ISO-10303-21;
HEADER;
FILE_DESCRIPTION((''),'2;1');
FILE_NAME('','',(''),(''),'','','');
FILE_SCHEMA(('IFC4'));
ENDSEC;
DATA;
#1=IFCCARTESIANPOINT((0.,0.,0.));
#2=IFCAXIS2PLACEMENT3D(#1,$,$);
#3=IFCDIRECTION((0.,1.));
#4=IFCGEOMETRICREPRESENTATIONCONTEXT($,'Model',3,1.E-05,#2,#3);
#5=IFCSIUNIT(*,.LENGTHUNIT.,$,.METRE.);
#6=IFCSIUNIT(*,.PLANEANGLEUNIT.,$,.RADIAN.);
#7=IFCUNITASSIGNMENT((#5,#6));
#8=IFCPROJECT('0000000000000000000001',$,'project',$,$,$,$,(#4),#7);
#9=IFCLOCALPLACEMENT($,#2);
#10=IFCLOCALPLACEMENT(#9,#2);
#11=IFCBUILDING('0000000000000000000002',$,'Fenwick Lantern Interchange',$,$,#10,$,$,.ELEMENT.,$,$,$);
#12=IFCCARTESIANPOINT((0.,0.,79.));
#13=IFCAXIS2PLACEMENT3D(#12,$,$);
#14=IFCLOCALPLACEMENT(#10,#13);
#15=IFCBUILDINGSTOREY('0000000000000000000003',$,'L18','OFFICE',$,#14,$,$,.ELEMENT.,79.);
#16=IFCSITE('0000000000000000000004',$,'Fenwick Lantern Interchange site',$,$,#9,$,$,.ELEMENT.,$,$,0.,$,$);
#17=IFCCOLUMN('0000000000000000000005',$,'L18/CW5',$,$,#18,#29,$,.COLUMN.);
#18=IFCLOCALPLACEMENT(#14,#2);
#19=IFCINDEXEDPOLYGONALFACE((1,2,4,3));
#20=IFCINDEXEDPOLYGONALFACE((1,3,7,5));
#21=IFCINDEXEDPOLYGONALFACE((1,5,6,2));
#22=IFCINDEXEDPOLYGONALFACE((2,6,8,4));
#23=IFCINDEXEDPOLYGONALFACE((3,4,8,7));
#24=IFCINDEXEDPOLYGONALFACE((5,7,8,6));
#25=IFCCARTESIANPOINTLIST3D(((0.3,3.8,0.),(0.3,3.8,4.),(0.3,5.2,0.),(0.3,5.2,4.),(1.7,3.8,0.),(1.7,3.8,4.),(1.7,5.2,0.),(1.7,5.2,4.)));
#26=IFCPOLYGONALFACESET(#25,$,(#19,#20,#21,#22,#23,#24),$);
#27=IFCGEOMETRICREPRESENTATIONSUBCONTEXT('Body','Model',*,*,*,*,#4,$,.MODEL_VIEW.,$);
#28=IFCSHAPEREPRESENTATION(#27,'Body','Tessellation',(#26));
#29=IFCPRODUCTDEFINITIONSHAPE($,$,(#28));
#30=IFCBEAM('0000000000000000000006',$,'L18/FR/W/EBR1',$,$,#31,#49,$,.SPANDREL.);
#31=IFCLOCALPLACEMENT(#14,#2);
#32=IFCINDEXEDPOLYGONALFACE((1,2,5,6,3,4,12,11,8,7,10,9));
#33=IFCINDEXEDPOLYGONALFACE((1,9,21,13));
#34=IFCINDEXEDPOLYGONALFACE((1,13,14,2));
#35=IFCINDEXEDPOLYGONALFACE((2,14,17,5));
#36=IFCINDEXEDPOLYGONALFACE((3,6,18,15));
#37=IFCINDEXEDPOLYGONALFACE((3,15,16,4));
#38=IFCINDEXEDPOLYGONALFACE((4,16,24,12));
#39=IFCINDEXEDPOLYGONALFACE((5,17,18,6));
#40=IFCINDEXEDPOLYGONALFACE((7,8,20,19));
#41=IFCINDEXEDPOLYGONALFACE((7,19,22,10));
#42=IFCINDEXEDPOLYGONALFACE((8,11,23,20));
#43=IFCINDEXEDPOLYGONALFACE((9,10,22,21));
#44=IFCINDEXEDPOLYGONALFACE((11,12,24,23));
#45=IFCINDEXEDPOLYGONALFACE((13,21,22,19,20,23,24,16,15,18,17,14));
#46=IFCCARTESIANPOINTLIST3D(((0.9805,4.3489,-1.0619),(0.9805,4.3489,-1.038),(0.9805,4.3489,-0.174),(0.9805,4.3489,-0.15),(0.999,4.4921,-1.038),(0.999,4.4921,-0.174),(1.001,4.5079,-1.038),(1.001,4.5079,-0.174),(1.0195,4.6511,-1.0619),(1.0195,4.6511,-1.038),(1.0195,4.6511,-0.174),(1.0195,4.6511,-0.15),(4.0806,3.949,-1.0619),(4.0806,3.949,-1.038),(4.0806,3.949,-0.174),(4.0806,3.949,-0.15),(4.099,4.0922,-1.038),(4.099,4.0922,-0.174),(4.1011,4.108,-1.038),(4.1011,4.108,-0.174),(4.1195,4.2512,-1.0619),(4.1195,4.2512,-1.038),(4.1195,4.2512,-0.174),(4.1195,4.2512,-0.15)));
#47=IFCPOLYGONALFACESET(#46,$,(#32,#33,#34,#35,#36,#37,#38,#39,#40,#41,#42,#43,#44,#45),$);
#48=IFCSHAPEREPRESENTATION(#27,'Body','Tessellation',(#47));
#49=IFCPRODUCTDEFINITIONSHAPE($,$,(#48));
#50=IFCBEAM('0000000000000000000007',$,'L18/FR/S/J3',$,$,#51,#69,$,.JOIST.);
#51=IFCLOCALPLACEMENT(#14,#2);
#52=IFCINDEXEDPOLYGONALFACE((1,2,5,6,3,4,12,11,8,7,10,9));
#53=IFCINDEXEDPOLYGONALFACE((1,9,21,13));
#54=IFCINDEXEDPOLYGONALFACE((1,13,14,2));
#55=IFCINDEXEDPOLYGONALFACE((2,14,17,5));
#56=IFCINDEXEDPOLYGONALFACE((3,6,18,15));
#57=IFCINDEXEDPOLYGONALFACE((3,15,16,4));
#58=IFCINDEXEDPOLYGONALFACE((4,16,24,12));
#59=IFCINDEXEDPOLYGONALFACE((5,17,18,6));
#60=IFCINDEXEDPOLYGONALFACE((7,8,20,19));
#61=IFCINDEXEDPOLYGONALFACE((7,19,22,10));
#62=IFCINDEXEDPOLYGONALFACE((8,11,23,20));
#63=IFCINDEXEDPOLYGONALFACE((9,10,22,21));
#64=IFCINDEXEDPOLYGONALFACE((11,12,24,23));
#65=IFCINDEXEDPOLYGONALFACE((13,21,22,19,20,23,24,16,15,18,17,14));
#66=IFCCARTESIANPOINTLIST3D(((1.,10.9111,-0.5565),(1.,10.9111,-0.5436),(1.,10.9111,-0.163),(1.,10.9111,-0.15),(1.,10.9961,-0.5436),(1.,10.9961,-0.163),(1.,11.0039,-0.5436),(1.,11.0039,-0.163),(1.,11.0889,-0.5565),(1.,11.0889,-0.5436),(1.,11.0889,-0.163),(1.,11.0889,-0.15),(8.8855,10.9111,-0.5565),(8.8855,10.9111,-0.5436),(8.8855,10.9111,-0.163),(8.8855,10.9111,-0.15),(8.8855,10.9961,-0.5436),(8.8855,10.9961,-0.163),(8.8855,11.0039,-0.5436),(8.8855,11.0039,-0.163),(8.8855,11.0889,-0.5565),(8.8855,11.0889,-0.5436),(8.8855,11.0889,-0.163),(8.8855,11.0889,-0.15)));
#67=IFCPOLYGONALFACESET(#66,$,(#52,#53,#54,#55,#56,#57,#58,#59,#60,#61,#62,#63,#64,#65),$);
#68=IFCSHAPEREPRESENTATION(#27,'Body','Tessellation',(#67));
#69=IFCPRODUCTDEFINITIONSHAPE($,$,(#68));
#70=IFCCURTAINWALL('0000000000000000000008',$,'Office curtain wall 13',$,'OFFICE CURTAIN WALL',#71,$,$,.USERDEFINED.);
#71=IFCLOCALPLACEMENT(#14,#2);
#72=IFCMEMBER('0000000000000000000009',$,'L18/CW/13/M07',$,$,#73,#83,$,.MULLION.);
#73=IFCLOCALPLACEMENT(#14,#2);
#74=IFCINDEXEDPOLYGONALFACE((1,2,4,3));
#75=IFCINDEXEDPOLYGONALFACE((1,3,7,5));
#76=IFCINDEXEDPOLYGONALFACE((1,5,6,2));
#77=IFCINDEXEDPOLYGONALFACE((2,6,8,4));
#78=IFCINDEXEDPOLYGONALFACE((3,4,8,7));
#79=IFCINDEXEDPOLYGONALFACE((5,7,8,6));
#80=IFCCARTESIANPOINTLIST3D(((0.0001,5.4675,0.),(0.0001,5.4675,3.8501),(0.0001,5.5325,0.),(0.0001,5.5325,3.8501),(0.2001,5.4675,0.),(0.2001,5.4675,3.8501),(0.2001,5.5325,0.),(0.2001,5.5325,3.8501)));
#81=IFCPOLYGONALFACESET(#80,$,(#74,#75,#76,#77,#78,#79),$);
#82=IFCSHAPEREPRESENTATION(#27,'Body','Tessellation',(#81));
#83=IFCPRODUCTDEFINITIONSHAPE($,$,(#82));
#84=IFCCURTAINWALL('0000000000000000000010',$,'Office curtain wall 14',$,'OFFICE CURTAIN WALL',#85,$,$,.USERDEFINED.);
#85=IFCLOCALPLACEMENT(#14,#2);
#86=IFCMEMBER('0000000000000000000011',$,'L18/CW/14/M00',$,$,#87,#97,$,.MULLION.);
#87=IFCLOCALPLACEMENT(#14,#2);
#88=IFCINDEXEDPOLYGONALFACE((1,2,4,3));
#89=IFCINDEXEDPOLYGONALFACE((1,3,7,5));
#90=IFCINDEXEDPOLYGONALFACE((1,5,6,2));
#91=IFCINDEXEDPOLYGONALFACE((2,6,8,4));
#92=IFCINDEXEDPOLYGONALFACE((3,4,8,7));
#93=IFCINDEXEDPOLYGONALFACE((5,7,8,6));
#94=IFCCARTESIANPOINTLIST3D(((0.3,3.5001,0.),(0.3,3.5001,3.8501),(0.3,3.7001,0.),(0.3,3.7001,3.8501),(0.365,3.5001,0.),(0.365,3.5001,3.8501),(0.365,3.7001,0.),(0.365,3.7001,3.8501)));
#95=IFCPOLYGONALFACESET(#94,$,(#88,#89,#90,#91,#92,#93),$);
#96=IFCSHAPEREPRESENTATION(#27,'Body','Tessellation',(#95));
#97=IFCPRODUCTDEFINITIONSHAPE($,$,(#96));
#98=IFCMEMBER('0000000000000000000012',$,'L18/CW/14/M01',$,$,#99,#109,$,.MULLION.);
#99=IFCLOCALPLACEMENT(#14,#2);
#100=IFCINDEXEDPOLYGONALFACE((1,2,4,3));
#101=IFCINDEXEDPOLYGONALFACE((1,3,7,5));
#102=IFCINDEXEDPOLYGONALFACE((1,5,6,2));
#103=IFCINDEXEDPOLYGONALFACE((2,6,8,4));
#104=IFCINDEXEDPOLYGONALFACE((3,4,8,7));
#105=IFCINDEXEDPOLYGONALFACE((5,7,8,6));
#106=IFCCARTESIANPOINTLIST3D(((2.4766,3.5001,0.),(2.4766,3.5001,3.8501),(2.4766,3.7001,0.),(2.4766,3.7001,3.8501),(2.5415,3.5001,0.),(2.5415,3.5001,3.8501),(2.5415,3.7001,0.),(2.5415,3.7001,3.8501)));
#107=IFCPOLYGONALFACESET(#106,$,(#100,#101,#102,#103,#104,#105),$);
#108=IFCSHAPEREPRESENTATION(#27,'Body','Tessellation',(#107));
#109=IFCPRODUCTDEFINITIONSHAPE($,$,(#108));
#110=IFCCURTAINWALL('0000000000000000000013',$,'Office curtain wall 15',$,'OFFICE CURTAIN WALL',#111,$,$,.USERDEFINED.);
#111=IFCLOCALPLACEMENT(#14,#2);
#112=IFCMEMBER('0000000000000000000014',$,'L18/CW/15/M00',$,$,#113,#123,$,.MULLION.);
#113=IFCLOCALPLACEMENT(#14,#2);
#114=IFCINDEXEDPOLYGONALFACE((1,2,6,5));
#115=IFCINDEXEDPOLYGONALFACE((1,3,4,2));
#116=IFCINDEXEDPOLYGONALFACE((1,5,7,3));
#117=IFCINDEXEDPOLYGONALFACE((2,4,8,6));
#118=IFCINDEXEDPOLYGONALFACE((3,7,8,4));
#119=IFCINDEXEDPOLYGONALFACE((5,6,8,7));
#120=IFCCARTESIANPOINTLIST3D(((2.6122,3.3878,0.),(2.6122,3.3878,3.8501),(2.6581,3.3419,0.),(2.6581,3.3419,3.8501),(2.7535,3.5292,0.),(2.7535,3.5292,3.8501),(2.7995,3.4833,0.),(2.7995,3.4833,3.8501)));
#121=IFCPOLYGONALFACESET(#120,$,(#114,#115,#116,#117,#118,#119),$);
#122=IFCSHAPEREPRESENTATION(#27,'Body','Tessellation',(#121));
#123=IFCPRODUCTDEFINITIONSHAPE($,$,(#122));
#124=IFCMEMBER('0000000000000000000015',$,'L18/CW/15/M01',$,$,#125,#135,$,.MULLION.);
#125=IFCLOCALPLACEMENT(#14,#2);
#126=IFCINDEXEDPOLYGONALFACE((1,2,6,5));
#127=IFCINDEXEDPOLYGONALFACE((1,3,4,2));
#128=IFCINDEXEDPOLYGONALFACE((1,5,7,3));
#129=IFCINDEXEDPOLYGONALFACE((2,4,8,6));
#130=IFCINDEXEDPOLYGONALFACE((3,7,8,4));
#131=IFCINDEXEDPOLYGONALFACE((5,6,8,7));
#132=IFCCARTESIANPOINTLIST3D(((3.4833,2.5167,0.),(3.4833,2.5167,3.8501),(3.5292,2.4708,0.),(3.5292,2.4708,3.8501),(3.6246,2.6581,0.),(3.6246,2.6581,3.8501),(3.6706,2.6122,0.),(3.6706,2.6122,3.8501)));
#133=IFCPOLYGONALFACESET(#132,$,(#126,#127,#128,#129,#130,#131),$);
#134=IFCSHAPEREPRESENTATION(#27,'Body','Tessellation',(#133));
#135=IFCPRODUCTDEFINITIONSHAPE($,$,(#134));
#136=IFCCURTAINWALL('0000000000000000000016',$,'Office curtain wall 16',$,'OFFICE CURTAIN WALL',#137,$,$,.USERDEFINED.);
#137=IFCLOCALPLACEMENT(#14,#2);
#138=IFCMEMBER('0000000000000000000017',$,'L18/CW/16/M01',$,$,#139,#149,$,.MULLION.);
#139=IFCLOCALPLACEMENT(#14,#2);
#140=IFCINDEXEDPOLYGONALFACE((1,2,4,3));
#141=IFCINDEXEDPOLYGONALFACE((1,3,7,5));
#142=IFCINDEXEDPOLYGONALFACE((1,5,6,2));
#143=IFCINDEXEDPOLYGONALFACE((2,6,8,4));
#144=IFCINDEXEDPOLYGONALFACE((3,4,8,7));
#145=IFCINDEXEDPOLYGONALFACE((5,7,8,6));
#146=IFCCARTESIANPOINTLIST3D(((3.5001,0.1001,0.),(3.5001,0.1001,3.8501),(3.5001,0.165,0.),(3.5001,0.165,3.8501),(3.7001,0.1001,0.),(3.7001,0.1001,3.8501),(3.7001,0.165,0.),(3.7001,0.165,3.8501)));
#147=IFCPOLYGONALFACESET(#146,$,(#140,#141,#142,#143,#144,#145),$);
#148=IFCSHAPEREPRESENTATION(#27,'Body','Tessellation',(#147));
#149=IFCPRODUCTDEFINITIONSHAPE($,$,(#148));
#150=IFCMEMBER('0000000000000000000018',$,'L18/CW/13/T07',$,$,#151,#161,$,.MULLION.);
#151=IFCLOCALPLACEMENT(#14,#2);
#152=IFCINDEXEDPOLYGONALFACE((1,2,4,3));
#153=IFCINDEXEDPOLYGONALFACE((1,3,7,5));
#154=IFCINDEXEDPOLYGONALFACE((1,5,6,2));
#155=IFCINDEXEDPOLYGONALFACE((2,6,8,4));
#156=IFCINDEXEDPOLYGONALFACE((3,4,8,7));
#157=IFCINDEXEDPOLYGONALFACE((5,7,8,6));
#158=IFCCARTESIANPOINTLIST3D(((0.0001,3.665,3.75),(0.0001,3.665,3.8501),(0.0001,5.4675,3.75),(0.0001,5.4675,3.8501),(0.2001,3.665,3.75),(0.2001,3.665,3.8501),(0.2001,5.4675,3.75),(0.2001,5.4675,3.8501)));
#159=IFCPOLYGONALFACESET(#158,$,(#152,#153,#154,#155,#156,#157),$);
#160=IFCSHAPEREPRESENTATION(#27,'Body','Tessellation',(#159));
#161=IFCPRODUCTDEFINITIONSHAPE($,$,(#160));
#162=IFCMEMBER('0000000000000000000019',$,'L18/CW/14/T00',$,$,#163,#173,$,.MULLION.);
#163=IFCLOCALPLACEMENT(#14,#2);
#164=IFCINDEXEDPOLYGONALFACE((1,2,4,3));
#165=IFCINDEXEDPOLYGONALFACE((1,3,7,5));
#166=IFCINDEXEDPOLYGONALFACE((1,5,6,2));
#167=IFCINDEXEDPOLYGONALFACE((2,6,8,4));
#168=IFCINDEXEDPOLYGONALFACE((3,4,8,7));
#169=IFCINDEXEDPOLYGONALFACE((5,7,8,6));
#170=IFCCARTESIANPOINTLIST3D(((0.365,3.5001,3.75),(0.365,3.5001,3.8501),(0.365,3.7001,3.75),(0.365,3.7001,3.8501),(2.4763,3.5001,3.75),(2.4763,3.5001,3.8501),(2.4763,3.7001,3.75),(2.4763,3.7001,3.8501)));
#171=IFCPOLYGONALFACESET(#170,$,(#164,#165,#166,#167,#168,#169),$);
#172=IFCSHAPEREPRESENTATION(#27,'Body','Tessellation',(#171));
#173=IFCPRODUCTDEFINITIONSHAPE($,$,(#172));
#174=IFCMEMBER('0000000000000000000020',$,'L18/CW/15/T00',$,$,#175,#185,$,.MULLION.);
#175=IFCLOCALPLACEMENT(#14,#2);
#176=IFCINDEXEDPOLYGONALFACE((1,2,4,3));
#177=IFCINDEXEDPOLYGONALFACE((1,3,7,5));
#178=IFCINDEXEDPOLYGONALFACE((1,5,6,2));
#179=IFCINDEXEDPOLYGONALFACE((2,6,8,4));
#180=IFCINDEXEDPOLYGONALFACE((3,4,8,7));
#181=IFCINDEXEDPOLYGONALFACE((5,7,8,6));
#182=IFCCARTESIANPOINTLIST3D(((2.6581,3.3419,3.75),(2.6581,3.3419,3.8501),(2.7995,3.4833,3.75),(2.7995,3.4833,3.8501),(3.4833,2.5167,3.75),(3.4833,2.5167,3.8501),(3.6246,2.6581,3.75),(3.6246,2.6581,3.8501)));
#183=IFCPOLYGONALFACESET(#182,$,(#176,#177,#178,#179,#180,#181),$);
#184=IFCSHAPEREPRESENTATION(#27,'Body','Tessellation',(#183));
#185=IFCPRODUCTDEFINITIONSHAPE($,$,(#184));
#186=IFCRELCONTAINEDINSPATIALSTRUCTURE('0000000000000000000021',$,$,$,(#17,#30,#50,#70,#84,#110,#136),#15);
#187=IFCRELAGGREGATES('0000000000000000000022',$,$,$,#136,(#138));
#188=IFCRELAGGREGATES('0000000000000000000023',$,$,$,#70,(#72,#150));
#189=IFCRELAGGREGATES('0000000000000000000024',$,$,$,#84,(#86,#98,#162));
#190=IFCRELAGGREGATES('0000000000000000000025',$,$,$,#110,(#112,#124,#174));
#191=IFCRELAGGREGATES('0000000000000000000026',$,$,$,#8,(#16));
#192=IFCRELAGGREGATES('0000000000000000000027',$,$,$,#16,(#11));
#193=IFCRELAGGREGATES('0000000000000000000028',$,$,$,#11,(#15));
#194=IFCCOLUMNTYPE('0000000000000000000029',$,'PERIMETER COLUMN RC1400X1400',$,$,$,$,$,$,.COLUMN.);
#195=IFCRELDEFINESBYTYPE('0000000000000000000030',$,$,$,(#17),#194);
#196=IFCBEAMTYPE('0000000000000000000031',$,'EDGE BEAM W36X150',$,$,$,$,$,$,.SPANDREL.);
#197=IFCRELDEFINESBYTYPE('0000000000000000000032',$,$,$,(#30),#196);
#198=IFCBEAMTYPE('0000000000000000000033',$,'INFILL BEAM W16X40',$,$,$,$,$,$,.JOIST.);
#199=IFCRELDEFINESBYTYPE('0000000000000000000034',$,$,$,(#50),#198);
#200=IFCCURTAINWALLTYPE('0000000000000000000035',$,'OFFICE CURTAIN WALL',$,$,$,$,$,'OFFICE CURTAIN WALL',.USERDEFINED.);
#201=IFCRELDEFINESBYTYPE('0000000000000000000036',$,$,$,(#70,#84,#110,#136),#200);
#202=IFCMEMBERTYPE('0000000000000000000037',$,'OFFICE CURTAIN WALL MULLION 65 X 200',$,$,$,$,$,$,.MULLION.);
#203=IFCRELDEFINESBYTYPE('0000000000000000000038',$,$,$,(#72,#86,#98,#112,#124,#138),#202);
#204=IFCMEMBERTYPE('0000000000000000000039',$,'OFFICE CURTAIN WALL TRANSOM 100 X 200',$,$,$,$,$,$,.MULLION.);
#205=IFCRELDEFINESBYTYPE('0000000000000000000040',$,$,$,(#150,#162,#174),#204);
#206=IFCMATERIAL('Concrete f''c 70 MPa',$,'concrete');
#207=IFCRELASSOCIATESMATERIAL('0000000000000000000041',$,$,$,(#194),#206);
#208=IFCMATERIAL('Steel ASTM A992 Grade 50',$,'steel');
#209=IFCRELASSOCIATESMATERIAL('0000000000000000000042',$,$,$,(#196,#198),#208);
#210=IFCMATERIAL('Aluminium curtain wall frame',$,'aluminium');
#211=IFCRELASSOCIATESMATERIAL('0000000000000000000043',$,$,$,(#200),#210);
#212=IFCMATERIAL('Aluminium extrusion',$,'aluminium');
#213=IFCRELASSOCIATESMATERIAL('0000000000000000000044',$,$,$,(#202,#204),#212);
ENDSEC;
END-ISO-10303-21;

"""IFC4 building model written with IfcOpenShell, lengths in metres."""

from ifc_helpers import new_model, si_unit, direction, frame, origin, origin_2d, place, context, subcontext, project, spatial, rectangle, i_section, extrude, material, material_profile, profile_set, type_object, element, aggregate, save


model = new_model("IFC4")

# Units and contexts
model_context = context("Model", 3, precision=1e-05, world=origin(), true_north=direction((0.0, 1.0)))
body_context = subcontext(model_context, "Body", "Model", "MODEL_VIEW")
ifc_project = project(units=[si_unit("LENGTHUNIT", "METRE"), si_unit("PLANEANGLEUNIT", "RADIAN")], contexts=[model_context])

# Site, building, storey
site_placement = place(None, origin())
site = spatial("IfcSite", under=ifc_project, at=site_placement, Name="Fenwick Lantern Interchange site", CompositionType="ELEMENT", RefElevation=0.0)
building_placement = place(site_placement, origin())
building = spatial("IfcBuilding", under=site, at=building_placement, Name="Fenwick Lantern Interchange", CompositionType="ELEMENT")
storey_placement = place(building_placement, frame((0.0, 0.0, 79.0)))
storey = spatial("IfcBuildingStorey", under=building, at=storey_placement, Name="L18", Description="OFFICE", CompositionType="ELEMENT", Elevation=79.0)

# Column
ifc_material_1 = material(Name="Concrete f'c 70 MPa", Category="concrete")
ifc_material_profile_1 = material_profile(ifc_material_1, rectangle(XDim=1.3999, YDim=1.3999, at=origin_2d()), Name="RC1400X1400")
ifc_profile_set_1 = profile_set([ifc_material_profile_1], Name="Concrete f'c 70 MPa")
column_type = type_object("IfcColumnType", Name="PERIMETER COLUMN RC1400X1400", PredefinedType="COLUMN", material=ifc_profile_set_1)
column_placement = place(storey_placement, frame((1.0, 4.5, 0.0), z_axis=(0.0, 0.0, 1.0), x_axis=(1.0, 0.0, 0.0)))
element("IfcColumn", 1, at=column_placement, inside=storey, type_object=column_type, Name="L18/CW5", PredefinedType="COLUMN", context=body_context, shape_type="SweptSolid", body=[
    extrude(rectangle(XDim=1.3999, YDim=1.3999, at=origin_2d()), origin(), (0.0, 0.0, 1.0), 4.0),
])

# Beams
ifc_material_2 = material(Name="Steel ASTM A992 Grade 50", Category="steel")
ifc_material_profile_2 = material_profile(ifc_material_2, i_section(OverallWidth=0.3047, OverallDepth=0.9119, WebThickness=0.0159, FlangeThickness=0.0239, at=origin_2d()), Name="W36X150")
ifc_profile_set_2 = profile_set([ifc_material_profile_2], Name="Steel ASTM A992 Grade 50")
beam_type_1 = type_object("IfcBeamType", Name="EDGE BEAM W36X150", PredefinedType="SPANDREL", material=ifc_profile_set_2)
beam_1_placement = place(storey_placement, frame((1.0, 4.5, -0.606), z_axis=(0.991782, -0.127937, 0.0), x_axis=(0.127937, 0.991782, 0.0)))
element("IfcBeam", 2, at=beam_1_placement, inside=storey, type_object=beam_type_1, Name="L18/FR/W/EBR1", PredefinedType="SPANDREL", context=body_context, shape_type="SweptSolid", body=[
    extrude(i_section(OverallWidth=0.3047, OverallDepth=0.9119, WebThickness=0.0159, FlangeThickness=0.0239, at=origin_2d()), origin(), (0.0, 0.0, 1.0), 3.1257),
])
ifc_material_profile_3 = material_profile(ifc_material_2, i_section(OverallWidth=0.1777, OverallDepth=0.4065, WebThickness=0.0078, FlangeThickness=0.0129, at=origin_2d()), Name="W16X40")
ifc_profile_set_3 = profile_set([ifc_material_profile_3], Name="Steel ASTM A992 Grade 50")
beam_type_2 = type_object("IfcBeamType", Name="INFILL BEAM W16X40", PredefinedType="JOIST", material=ifc_profile_set_3)
beam_2_placement = place(storey_placement, frame((1.0, 11.0, -0.3533), z_axis=(1.0, 0.0, 0.0), x_axis=(0.0, 1.0, 0.0)))
element("IfcBeam", 3, at=beam_2_placement, inside=storey, type_object=beam_type_2, Name="L18/FR/S/J3", PredefinedType="JOIST", context=body_context, shape_type="SweptSolid", body=[
    extrude(i_section(OverallWidth=0.1777, OverallDepth=0.4065, WebThickness=0.0078, FlangeThickness=0.0129, at=origin_2d()), origin(), (0.0, 0.0, 1.0), 7.8855),
])

# Curtain wall, member
ifc_material_3 = material(Name="Aluminium curtain wall frame", Category="aluminium")
curtain_wall_type = type_object("IfcCurtainWallType", Name="OFFICE CURTAIN WALL", ElementType="OFFICE CURTAIN WALL", PredefinedType="USERDEFINED", material=ifc_material_3)
curtain_wall_1_placement = place(storey_placement, origin())
curtain_wall_1 = element("IfcCurtainWall", 4, at=curtain_wall_1_placement, inside=storey, type_object=curtain_wall_type, Name="Office curtain wall 13", ObjectType="OFFICE CURTAIN WALL", PredefinedType="USERDEFINED")
ifc_material_4 = material(Name="Aluminium extrusion", Category="aluminium")
ifc_material_profile_4 = material_profile(ifc_material_4, rectangle(XDim=0.2, YDim=0.0649, at=origin_2d()), Name="OFFICE CURTAIN WALL MULLION 65 X 200")
ifc_profile_set_4 = profile_set([ifc_material_profile_4], Name="Aluminium extrusion")
member_type_1 = type_object("IfcMemberType", Name="OFFICE CURTAIN WALL MULLION 65 X 200", PredefinedType="MULLION", material=ifc_profile_set_4)
member_1_placement = place(storey_placement, frame((0.1001, 5.5, 0.0), z_axis=(0.0, 0.0, 1.0), x_axis=(1.0, 0.0, 0.0)))
member_1 = element("IfcMember", 5, at=member_1_placement, type_object=member_type_1, Name="L18/CW/13/M07", PredefinedType="MULLION", context=body_context, shape_type="SweptSolid", body=[
    extrude(rectangle(XDim=0.2, YDim=0.0649, at=origin_2d()), origin(), (0.0, 0.0, 1.0), 3.8501),
])

# Curtain walls, members
curtain_wall_2_placement = place(storey_placement, origin())
curtain_wall_2 = element("IfcCurtainWall", 6, at=curtain_wall_2_placement, inside=storey, type_object=curtain_wall_type, Name="Office curtain wall 14", ObjectType="OFFICE CURTAIN WALL", PredefinedType="USERDEFINED")
member_2_placement = place(storey_placement, frame((0.3325, 3.6001, 0.0), z_axis=(0.0, 0.0, 1.0), x_axis=(0.0, 1.0, 0.0)))
member_2 = element("IfcMember", 7, at=member_2_placement, type_object=member_type_1, Name="L18/CW/14/M00", PredefinedType="MULLION", context=body_context, shape_type="SweptSolid", body=[
    extrude(rectangle(XDim=0.2, YDim=0.0649, at=origin_2d()), origin(), (0.0, 0.0, 1.0), 3.8501),
])
member_3_placement = place(storey_placement, frame((2.509, 3.6001, 0.0), z_axis=(0.0, 0.0, 1.0), x_axis=(0.0, 1.0, 0.0)))
member_3 = element("IfcMember", 8, at=member_3_placement, type_object=member_type_1, Name="L18/CW/14/M01", PredefinedType="MULLION", context=body_context, shape_type="SweptSolid", body=[
    extrude(rectangle(XDim=0.2, YDim=0.0649, at=origin_2d()), origin(), (0.0, 0.0, 1.0), 3.8501),
])
curtain_wall_3_placement = place(storey_placement, origin())
curtain_wall_3 = element("IfcCurtainWall", 9, at=curtain_wall_3_placement, inside=storey, type_object=curtain_wall_type, Name="Office curtain wall 15", ObjectType="OFFICE CURTAIN WALL", PredefinedType="USERDEFINED")
member_4_placement = place(storey_placement, frame((2.7058, 3.4355, 0.0), z_axis=(0.0, 0.0, 1.0), x_axis=(0.707107, 0.707107, 0.0)))
member_4 = element("IfcMember", 10, at=member_4_placement, type_object=member_type_1, Name="L18/CW/15/M00", PredefinedType="MULLION", context=body_context, shape_type="SweptSolid", body=[
    extrude(rectangle(XDim=0.2, YDim=0.0649, at=origin_2d()), origin(), (0.0, 0.0, 1.0), 3.8501),
])
member_5_placement = place(storey_placement, frame((3.5769, 2.5645, 0.0), z_axis=(0.0, 0.0, 1.0), x_axis=(0.707107, 0.707107, 0.0)))
member_5 = element("IfcMember", 11, at=member_5_placement, type_object=member_type_1, Name="L18/CW/15/M01", PredefinedType="MULLION", context=body_context, shape_type="SweptSolid", body=[
    extrude(rectangle(XDim=0.2, YDim=0.0649, at=origin_2d()), origin(), (0.0, 0.0, 1.0), 3.8501),
])

# Curtain wall, member
curtain_wall_4_placement = place(storey_placement, origin())
curtain_wall_4 = element("IfcCurtainWall", 12, at=curtain_wall_4_placement, inside=storey, type_object=curtain_wall_type, Name="Office curtain wall 16", ObjectType="OFFICE CURTAIN WALL", PredefinedType="USERDEFINED")
member_6_placement = place(storey_placement, frame((3.6001, 0.1326, 0.0), z_axis=(0.0, 0.0, 1.0), x_axis=(1.0, 0.0, 0.0)))
member_6 = element("IfcMember", 13, at=member_6_placement, type_object=member_type_1, Name="L18/CW/16/M01", PredefinedType="MULLION", context=body_context, shape_type="SweptSolid", body=[
    extrude(rectangle(XDim=0.2, YDim=0.0649, at=origin_2d()), origin(), (0.0, 0.0, 1.0), 3.8501),
])
aggregate(curtain_wall_4, [member_6])

# Members
ifc_material_profile_5 = material_profile(ifc_material_4, rectangle(XDim=0.2, YDim=0.1001, at=origin_2d()), Name="OFFICE CURTAIN WALL TRANSOM 100 X 200")
ifc_profile_set_5 = profile_set([ifc_material_profile_5], Name="Aluminium extrusion")
member_type_2 = type_object("IfcMemberType", Name="OFFICE CURTAIN WALL TRANSOM 100 X 200", PredefinedType="MULLION", material=ifc_profile_set_5)
member_7_placement = place(storey_placement, frame((0.1001, 5.4675, 3.8), z_axis=(0.0, -1.0, 0.0), x_axis=(1.0, 0.0, 0.0)))
member_7 = element("IfcMember", 14, at=member_7_placement, type_object=member_type_2, Name="L18/CW/13/T07", PredefinedType="MULLION", context=body_context, shape_type="SweptSolid", body=[
    extrude(rectangle(XDim=0.2, YDim=0.1001, at=origin_2d()), origin(), (0.0, 0.0, 1.0), 1.8025),
])
member_8_placement = place(storey_placement, frame((0.365, 3.6001, 3.8), z_axis=(1.0, 0.0, 0.0), x_axis=(0.0, 1.0, 0.0)))
member_8 = element("IfcMember", 15, at=member_8_placement, type_object=member_type_2, Name="L18/CW/14/T00", PredefinedType="MULLION", context=body_context, shape_type="SweptSolid", body=[
    extrude(rectangle(XDim=0.2, YDim=0.1001, at=origin_2d()), origin(), (0.0, 0.0, 1.0), 2.1113),
])
member_9_placement = place(storey_placement, frame((2.7288, 3.4126, 3.8), z_axis=(0.707107, -0.707107, 0.0), x_axis=(0.707107, 0.707107, 0.0)))
member_9 = element("IfcMember", 16, at=member_9_placement, type_object=member_type_2, Name="L18/CW/15/T00", PredefinedType="MULLION", context=body_context, shape_type="SweptSolid", body=[
    extrude(rectangle(XDim=0.2, YDim=0.1001, at=origin_2d()), origin(), (0.0, 0.0, 1.0), 1.167),
])

aggregate(curtain_wall_1, [member_1, member_7])
aggregate(curtain_wall_2, [member_2, member_3, member_8])
aggregate(curtain_wall_3, [member_4, member_5, member_9])

save(model, "model.ifc")
